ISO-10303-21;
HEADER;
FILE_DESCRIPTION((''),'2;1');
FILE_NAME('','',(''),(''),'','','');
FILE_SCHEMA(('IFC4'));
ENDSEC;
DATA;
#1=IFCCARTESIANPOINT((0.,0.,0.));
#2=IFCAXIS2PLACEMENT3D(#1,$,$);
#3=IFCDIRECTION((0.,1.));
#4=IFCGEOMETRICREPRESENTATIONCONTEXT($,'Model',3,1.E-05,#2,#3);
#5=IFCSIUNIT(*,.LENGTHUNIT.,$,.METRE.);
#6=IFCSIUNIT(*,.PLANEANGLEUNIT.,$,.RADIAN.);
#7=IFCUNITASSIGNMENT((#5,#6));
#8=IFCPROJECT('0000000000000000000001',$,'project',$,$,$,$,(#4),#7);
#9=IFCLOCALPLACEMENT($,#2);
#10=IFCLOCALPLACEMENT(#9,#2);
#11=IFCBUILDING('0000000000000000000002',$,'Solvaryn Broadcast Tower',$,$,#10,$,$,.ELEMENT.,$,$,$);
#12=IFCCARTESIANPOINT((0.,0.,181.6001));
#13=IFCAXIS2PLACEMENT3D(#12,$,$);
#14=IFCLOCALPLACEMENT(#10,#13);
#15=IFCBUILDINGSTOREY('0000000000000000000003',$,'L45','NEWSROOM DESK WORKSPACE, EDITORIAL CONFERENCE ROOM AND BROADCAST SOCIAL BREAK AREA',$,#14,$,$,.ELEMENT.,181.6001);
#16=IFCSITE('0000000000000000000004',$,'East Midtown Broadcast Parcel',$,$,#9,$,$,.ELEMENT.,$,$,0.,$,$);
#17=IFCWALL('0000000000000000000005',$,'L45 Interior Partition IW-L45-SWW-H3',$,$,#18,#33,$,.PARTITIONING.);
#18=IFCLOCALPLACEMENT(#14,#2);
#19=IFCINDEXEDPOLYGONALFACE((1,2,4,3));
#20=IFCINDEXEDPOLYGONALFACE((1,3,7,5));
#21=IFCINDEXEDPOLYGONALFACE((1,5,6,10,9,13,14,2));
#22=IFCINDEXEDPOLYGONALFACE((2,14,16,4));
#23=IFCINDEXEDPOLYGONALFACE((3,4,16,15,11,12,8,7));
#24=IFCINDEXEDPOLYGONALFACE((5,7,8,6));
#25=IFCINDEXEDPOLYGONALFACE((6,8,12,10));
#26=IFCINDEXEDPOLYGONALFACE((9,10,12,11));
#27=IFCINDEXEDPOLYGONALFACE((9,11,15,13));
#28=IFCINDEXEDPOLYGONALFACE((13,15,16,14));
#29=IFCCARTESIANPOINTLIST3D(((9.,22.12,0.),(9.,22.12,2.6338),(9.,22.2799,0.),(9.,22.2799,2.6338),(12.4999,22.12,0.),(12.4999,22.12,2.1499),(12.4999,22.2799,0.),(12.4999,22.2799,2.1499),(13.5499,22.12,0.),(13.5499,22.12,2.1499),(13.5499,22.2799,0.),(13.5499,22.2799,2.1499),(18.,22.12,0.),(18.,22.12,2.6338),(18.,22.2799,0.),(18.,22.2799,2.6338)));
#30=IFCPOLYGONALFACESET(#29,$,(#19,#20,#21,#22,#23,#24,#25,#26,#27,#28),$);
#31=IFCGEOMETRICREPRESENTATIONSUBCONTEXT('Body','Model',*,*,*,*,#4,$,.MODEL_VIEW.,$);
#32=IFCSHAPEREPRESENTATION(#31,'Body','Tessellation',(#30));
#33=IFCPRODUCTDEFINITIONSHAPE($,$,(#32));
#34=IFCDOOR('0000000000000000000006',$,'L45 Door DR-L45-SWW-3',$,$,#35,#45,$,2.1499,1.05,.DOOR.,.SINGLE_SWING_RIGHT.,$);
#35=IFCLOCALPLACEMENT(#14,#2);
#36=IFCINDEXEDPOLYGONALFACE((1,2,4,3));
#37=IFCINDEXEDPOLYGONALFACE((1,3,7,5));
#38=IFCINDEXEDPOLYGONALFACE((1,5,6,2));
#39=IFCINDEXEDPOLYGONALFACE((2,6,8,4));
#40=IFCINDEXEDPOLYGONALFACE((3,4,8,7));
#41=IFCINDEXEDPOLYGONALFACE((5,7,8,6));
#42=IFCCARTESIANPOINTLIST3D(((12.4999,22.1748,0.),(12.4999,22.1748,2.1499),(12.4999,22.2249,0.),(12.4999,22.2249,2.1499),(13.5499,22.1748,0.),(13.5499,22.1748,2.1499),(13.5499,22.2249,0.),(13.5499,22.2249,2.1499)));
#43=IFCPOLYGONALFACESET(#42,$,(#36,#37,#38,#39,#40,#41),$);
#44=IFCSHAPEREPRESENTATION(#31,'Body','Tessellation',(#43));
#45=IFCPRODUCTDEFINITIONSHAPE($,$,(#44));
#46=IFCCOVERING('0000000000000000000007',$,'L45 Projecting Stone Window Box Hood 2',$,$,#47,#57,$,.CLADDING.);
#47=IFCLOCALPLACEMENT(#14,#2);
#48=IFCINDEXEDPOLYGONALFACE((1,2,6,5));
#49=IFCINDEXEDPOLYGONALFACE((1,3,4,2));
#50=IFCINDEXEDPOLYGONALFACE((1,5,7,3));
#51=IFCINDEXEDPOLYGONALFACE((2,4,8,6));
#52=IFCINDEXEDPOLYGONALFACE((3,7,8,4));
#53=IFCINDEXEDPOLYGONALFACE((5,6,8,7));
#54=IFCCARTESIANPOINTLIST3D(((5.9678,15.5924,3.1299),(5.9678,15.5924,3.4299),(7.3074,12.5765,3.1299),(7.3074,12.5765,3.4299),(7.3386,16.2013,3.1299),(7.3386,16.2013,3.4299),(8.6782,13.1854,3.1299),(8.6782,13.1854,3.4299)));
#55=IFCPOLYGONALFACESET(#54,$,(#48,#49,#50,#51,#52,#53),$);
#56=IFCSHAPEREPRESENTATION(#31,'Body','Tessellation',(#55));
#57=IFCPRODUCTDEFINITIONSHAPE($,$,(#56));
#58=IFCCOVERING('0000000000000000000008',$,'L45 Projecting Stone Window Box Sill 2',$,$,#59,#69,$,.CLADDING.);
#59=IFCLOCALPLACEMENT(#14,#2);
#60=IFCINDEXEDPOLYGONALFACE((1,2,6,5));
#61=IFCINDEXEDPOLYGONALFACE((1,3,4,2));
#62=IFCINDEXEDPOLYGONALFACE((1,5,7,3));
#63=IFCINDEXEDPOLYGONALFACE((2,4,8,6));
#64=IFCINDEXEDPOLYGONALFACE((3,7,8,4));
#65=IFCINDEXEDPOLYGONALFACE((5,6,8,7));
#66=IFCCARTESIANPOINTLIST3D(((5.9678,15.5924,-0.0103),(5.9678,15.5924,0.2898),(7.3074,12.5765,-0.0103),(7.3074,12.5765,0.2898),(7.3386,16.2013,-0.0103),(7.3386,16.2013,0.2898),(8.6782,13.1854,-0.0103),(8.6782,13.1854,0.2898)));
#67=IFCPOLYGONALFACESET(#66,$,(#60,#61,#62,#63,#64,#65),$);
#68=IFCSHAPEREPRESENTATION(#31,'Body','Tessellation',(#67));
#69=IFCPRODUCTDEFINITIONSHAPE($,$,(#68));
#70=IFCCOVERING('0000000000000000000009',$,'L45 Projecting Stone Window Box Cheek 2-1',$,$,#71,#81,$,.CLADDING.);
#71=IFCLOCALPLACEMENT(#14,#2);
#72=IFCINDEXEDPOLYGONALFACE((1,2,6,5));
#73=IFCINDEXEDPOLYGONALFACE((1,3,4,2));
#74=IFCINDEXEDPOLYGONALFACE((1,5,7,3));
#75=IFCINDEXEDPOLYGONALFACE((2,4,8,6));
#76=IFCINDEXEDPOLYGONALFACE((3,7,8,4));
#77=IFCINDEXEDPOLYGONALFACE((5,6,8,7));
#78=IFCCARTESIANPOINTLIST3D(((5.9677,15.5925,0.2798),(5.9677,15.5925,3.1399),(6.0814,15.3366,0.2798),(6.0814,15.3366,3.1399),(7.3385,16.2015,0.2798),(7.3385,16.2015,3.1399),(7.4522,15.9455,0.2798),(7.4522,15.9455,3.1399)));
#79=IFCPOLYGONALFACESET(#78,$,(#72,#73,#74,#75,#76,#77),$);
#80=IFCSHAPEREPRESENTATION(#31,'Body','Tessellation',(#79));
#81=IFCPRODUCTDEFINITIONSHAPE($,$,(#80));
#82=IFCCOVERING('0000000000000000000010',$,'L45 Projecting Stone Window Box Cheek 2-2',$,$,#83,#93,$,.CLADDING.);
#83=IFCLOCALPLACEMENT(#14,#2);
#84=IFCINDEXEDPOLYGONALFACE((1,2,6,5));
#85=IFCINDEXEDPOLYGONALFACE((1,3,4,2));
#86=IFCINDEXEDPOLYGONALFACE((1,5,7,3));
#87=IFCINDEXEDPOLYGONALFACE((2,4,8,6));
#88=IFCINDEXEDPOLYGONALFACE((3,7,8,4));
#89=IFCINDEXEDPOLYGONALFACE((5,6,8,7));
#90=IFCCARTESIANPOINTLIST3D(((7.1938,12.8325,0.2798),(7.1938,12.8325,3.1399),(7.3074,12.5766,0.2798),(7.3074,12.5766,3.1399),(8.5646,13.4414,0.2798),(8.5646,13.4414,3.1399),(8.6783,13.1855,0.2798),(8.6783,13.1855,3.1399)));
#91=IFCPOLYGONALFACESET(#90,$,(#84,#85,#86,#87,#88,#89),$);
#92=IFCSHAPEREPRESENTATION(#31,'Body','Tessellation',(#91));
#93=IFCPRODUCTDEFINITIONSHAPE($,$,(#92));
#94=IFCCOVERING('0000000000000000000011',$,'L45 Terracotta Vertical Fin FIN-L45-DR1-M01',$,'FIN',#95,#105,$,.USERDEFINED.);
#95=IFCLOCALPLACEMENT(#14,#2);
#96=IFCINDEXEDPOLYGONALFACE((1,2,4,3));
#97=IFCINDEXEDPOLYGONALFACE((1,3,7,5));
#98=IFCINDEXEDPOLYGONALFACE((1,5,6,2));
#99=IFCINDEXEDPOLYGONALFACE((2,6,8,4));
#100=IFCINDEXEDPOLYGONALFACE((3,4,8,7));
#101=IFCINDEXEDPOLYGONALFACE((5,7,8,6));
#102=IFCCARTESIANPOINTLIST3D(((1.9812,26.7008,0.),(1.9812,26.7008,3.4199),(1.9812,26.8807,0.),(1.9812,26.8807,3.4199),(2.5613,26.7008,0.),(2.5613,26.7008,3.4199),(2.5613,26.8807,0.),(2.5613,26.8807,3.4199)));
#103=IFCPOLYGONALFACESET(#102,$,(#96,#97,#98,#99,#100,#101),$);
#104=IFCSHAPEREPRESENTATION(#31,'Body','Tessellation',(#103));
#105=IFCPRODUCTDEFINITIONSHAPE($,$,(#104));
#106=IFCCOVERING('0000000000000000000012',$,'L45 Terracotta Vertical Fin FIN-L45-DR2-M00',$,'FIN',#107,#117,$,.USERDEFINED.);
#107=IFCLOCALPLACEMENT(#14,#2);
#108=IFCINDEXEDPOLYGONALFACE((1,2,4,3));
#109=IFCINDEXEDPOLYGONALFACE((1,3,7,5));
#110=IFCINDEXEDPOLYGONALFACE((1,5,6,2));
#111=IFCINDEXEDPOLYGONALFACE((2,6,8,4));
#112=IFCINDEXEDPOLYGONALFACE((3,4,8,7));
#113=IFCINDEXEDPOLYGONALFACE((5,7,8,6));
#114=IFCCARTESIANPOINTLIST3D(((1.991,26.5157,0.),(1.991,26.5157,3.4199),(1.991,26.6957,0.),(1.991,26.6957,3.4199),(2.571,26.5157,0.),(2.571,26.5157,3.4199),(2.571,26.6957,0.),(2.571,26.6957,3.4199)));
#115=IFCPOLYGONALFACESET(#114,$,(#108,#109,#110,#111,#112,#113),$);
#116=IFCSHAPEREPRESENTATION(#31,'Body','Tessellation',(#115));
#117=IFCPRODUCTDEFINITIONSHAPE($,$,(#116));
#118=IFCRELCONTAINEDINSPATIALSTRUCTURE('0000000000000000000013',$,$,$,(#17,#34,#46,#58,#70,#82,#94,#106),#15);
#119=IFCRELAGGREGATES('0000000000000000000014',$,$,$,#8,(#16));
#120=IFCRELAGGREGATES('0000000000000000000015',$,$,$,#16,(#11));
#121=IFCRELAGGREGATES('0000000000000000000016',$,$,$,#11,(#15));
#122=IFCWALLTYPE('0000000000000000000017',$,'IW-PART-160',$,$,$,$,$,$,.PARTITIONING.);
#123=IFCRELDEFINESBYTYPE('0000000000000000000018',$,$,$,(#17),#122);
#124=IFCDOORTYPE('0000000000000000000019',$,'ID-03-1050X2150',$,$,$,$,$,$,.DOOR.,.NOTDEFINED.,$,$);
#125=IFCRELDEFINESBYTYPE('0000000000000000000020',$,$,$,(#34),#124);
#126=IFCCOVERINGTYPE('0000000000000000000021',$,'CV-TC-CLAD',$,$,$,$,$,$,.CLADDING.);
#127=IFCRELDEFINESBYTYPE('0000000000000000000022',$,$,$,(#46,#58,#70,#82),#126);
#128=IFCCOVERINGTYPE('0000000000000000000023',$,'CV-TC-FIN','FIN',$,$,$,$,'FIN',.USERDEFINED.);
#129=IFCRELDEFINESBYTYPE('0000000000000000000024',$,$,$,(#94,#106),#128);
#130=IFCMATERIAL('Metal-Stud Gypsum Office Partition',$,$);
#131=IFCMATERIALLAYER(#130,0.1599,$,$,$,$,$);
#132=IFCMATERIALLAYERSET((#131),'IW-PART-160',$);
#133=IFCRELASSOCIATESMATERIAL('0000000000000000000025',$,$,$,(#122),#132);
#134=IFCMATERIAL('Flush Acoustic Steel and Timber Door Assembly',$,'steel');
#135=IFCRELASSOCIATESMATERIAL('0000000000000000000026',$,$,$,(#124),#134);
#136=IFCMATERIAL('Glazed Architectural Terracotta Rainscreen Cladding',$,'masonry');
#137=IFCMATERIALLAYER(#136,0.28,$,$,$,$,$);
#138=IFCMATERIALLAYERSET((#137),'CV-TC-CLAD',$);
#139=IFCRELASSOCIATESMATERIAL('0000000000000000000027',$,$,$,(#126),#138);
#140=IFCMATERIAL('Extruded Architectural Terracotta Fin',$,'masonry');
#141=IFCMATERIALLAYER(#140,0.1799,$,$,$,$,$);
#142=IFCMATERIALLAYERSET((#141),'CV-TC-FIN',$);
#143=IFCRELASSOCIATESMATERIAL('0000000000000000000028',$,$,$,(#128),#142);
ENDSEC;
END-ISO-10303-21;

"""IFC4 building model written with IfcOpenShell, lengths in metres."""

from ifc_helpers import new_model, si_unit, direction, frame, frame_2d, origin, origin_2d, place, context, subcontext, project, spatial, rectangle, extrude, material, layer, layer_set, type_object, element, fill, save


model = new_model("IFC4")

# Units and contexts
model_context = context("Model", 3, precision=1e-05, world=origin(), true_north=direction((0.0, 1.0)))
body_context = subcontext(model_context, "Body", "Model", "MODEL_VIEW")
ifc_project = project(units=[si_unit("LENGTHUNIT", "METRE"), si_unit("PLANEANGLEUNIT", "RADIAN")], contexts=[model_context])

# Site, building, storey
site_placement = place(None, origin())
site = spatial("IfcSite", under=ifc_project, at=site_placement, Name="East Midtown Broadcast Parcel", CompositionType="ELEMENT", RefElevation=0.0)
building_placement = place(site_placement, origin())
building = spatial("IfcBuilding", under=site, at=building_placement, Name="Solvaryn Broadcast Tower", CompositionType="ELEMENT")
storey_placement = place(building_placement, frame((0.0, 0.0, 181.6001)))
storey = spatial("IfcBuildingStorey", under=building, at=storey_placement, Name="L45", Description="NEWSROOM DESK WORKSPACE, EDITORIAL CONFERENCE ROOM AND BROADCAST SOCIAL BREAK AREA", CompositionType="ELEMENT", Elevation=181.6001)

# Wall, opening, door
ifc_material_1 = material(Name="Metal-Stud Gypsum Office Partition")
ifc_layer_1 = layer(ifc_material_1, 0.1599)
ifc_layer_set_1 = layer_set([ifc_layer_1], Name="IW-PART-160")
wall_type = type_object("IfcWallType", Name="IW-PART-160", PredefinedType="PARTITIONING", material=ifc_layer_set_1)
wall_1_placement = place(storey_placement, frame((9.0, 22.2, 0.0), z_axis=(0.0, 0.0, 1.0), x_axis=(1.0, 0.0, 0.0)))
wall_1 = element("IfcWall", 1, at=wall_1_placement, inside=storey, type_object=wall_type, Name="L45 Interior Partition IW-L45-SWW-H3", PredefinedType="PARTITIONING", context=body_context, shape_type="SweptSolid", body=[
    extrude(rectangle(XDim=9.0, YDim=0.1599, at=frame_2d((4.5, 0.0))), origin(), (0.0, 0.0, 1.0), 2.6338),
])
opening_1_placement = place(wall_1_placement, frame((3.5, 0.0, 0.0)))
opening_1 = element("IfcOpeningElement", 2, at=opening_1_placement, cuts=wall_1, PredefinedType="OPENING", context=body_context, shape_type="SweptSolid", body=[
    extrude(rectangle(XDim=1.05, YDim=2.1499, at=frame_2d((0.5249, 1.075))), frame((0.0, 0.0901, 0.0), z_axis=(0.0, -1.0, 0.0), x_axis=(1.0, 0.0, 0.0)), (0.0, 0.0, 1.0), 0.1799),
])
ifc_material_2 = material(Name="Flush Acoustic Steel and Timber Door Assembly", Category="steel")
door_type_1 = type_object("IfcDoorType", Name="ID-03-1050X2150", OperationType="NOTDEFINED", PredefinedType="DOOR", material=ifc_material_2)
door_1_placement = place(opening_1_placement, origin())
door_1 = element("IfcDoor", 3, at=door_1_placement, inside=storey, type_object=door_type_1, Name="L45 Door DR-L45-SWW-3", OperationType="SINGLE_SWING_RIGHT", OverallHeight=2.1499, OverallWidth=1.05, PredefinedType="DOOR", context=body_context, shape_type="SweptSolid", body=[
    extrude(rectangle(XDim=1.05, YDim=2.1499, at=frame_2d((0.5249, 1.075))), frame((0.0, 0.0249, 0.0), z_axis=(0.0, -1.0, 0.0), x_axis=(1.0, 0.0, 0.0)), (0.0, 0.0, 1.0), 0.05),
])
fill(opening_1, door_1)

# Coverings
ifc_material_3 = material(Name="Glazed Architectural Terracotta Rainscreen Cladding", Category="masonry")
ifc_layer_2 = layer(ifc_material_3, 0.28)
ifc_layer_set_2 = layer_set([ifc_layer_2], Name="CV-TC-CLAD")
covering_type_1 = type_object("IfcCoveringType", Name="CV-TC-CLAD", PredefinedType="CLADDING", material=ifc_layer_set_2)
for number, where, z_axis, x_axis, name in (
    (4, (7.323, 14.3889, 3.1299), (0.0, 0.0, 1.0), (0.405939, -0.9139, 0.0), "L45 Projecting Stone Window Box Hood 2"),
    (5, (7.323, 14.3889, -0.0103), (0.0, 0.0, 1.0), (0.405939, -0.9139, 0.0), "L45 Projecting Stone Window Box Sill 2"),
):
    element("IfcCovering", number, at=place(storey_placement, frame(where, z_axis=z_axis, x_axis=x_axis)), inside=storey, type_object=covering_type_1, Name=name, PredefinedType="CLADDING", context=body_context, shape_type="SweptSolid", body=[
        extrude(rectangle(XDim=3.3, YDim=1.5, at=origin_2d()), origin(), (0.0, 0.0, 1.0), 0.3),
    ])
for number, where, z_axis, x_axis, name in (
    (6, (6.71, 15.769, 0.2798), (0.0, 0.0, 1.0), (0.405939, -0.9139, 0.0), "L45 Projecting Stone Window Box Cheek 2-1"),
    (7, (7.936, 13.009, 0.2798), (0.0, 0.0, 1.0), (0.405939, -0.9139, 0.0), "L45 Projecting Stone Window Box Cheek 2-2"),
):
    element("IfcCovering", number, at=place(storey_placement, frame(where, z_axis=z_axis, x_axis=x_axis)), inside=storey, type_object=covering_type_1, Name=name, PredefinedType="CLADDING", context=body_context, shape_type="SweptSolid", body=[
        extrude(rectangle(XDim=0.28, YDim=1.5, at=origin_2d()), origin(), (0.0, 0.0, 1.0), 2.8601),
    ])
ifc_material_4 = material(Name="Extruded Architectural Terracotta Fin", Category="masonry")
ifc_layer_3 = layer(ifc_material_4, 0.1799)
ifc_layer_set_3 = layer_set([ifc_layer_3], Name="CV-TC-FIN")
covering_type_2 = type_object("IfcCoveringType", Name="CV-TC-FIN", Description="FIN", ElementType="FIN", PredefinedType="USERDEFINED", material=ifc_layer_set_3)
for number, where, z_axis, x_axis, name in (
    (8, (2.2712, 26.7908, 0.0), (0.0, 0.0, 1.0), (1.0, 0.0, 0.0), "L45 Terracotta Vertical Fin FIN-L45-DR1-M01"),
    (9, (2.281, 26.6057, 0.0), (0.0, 0.0, 1.0), (1.0, 0.0, 0.0), "L45 Terracotta Vertical Fin FIN-L45-DR2-M00"),
):
    element("IfcCovering", number, at=place(storey_placement, frame(where, z_axis=z_axis, x_axis=x_axis)), inside=storey, type_object=covering_type_2, Name=name, ObjectType="FIN", PredefinedType="USERDEFINED", context=body_context, shape_type="SweptSolid", body=[
        extrude(rectangle(XDim=0.5801, YDim=0.1799, at=origin_2d()), origin(), (0.0, 0.0, 1.0), 3.4199),
    ])

save(model, "model.ifc")
